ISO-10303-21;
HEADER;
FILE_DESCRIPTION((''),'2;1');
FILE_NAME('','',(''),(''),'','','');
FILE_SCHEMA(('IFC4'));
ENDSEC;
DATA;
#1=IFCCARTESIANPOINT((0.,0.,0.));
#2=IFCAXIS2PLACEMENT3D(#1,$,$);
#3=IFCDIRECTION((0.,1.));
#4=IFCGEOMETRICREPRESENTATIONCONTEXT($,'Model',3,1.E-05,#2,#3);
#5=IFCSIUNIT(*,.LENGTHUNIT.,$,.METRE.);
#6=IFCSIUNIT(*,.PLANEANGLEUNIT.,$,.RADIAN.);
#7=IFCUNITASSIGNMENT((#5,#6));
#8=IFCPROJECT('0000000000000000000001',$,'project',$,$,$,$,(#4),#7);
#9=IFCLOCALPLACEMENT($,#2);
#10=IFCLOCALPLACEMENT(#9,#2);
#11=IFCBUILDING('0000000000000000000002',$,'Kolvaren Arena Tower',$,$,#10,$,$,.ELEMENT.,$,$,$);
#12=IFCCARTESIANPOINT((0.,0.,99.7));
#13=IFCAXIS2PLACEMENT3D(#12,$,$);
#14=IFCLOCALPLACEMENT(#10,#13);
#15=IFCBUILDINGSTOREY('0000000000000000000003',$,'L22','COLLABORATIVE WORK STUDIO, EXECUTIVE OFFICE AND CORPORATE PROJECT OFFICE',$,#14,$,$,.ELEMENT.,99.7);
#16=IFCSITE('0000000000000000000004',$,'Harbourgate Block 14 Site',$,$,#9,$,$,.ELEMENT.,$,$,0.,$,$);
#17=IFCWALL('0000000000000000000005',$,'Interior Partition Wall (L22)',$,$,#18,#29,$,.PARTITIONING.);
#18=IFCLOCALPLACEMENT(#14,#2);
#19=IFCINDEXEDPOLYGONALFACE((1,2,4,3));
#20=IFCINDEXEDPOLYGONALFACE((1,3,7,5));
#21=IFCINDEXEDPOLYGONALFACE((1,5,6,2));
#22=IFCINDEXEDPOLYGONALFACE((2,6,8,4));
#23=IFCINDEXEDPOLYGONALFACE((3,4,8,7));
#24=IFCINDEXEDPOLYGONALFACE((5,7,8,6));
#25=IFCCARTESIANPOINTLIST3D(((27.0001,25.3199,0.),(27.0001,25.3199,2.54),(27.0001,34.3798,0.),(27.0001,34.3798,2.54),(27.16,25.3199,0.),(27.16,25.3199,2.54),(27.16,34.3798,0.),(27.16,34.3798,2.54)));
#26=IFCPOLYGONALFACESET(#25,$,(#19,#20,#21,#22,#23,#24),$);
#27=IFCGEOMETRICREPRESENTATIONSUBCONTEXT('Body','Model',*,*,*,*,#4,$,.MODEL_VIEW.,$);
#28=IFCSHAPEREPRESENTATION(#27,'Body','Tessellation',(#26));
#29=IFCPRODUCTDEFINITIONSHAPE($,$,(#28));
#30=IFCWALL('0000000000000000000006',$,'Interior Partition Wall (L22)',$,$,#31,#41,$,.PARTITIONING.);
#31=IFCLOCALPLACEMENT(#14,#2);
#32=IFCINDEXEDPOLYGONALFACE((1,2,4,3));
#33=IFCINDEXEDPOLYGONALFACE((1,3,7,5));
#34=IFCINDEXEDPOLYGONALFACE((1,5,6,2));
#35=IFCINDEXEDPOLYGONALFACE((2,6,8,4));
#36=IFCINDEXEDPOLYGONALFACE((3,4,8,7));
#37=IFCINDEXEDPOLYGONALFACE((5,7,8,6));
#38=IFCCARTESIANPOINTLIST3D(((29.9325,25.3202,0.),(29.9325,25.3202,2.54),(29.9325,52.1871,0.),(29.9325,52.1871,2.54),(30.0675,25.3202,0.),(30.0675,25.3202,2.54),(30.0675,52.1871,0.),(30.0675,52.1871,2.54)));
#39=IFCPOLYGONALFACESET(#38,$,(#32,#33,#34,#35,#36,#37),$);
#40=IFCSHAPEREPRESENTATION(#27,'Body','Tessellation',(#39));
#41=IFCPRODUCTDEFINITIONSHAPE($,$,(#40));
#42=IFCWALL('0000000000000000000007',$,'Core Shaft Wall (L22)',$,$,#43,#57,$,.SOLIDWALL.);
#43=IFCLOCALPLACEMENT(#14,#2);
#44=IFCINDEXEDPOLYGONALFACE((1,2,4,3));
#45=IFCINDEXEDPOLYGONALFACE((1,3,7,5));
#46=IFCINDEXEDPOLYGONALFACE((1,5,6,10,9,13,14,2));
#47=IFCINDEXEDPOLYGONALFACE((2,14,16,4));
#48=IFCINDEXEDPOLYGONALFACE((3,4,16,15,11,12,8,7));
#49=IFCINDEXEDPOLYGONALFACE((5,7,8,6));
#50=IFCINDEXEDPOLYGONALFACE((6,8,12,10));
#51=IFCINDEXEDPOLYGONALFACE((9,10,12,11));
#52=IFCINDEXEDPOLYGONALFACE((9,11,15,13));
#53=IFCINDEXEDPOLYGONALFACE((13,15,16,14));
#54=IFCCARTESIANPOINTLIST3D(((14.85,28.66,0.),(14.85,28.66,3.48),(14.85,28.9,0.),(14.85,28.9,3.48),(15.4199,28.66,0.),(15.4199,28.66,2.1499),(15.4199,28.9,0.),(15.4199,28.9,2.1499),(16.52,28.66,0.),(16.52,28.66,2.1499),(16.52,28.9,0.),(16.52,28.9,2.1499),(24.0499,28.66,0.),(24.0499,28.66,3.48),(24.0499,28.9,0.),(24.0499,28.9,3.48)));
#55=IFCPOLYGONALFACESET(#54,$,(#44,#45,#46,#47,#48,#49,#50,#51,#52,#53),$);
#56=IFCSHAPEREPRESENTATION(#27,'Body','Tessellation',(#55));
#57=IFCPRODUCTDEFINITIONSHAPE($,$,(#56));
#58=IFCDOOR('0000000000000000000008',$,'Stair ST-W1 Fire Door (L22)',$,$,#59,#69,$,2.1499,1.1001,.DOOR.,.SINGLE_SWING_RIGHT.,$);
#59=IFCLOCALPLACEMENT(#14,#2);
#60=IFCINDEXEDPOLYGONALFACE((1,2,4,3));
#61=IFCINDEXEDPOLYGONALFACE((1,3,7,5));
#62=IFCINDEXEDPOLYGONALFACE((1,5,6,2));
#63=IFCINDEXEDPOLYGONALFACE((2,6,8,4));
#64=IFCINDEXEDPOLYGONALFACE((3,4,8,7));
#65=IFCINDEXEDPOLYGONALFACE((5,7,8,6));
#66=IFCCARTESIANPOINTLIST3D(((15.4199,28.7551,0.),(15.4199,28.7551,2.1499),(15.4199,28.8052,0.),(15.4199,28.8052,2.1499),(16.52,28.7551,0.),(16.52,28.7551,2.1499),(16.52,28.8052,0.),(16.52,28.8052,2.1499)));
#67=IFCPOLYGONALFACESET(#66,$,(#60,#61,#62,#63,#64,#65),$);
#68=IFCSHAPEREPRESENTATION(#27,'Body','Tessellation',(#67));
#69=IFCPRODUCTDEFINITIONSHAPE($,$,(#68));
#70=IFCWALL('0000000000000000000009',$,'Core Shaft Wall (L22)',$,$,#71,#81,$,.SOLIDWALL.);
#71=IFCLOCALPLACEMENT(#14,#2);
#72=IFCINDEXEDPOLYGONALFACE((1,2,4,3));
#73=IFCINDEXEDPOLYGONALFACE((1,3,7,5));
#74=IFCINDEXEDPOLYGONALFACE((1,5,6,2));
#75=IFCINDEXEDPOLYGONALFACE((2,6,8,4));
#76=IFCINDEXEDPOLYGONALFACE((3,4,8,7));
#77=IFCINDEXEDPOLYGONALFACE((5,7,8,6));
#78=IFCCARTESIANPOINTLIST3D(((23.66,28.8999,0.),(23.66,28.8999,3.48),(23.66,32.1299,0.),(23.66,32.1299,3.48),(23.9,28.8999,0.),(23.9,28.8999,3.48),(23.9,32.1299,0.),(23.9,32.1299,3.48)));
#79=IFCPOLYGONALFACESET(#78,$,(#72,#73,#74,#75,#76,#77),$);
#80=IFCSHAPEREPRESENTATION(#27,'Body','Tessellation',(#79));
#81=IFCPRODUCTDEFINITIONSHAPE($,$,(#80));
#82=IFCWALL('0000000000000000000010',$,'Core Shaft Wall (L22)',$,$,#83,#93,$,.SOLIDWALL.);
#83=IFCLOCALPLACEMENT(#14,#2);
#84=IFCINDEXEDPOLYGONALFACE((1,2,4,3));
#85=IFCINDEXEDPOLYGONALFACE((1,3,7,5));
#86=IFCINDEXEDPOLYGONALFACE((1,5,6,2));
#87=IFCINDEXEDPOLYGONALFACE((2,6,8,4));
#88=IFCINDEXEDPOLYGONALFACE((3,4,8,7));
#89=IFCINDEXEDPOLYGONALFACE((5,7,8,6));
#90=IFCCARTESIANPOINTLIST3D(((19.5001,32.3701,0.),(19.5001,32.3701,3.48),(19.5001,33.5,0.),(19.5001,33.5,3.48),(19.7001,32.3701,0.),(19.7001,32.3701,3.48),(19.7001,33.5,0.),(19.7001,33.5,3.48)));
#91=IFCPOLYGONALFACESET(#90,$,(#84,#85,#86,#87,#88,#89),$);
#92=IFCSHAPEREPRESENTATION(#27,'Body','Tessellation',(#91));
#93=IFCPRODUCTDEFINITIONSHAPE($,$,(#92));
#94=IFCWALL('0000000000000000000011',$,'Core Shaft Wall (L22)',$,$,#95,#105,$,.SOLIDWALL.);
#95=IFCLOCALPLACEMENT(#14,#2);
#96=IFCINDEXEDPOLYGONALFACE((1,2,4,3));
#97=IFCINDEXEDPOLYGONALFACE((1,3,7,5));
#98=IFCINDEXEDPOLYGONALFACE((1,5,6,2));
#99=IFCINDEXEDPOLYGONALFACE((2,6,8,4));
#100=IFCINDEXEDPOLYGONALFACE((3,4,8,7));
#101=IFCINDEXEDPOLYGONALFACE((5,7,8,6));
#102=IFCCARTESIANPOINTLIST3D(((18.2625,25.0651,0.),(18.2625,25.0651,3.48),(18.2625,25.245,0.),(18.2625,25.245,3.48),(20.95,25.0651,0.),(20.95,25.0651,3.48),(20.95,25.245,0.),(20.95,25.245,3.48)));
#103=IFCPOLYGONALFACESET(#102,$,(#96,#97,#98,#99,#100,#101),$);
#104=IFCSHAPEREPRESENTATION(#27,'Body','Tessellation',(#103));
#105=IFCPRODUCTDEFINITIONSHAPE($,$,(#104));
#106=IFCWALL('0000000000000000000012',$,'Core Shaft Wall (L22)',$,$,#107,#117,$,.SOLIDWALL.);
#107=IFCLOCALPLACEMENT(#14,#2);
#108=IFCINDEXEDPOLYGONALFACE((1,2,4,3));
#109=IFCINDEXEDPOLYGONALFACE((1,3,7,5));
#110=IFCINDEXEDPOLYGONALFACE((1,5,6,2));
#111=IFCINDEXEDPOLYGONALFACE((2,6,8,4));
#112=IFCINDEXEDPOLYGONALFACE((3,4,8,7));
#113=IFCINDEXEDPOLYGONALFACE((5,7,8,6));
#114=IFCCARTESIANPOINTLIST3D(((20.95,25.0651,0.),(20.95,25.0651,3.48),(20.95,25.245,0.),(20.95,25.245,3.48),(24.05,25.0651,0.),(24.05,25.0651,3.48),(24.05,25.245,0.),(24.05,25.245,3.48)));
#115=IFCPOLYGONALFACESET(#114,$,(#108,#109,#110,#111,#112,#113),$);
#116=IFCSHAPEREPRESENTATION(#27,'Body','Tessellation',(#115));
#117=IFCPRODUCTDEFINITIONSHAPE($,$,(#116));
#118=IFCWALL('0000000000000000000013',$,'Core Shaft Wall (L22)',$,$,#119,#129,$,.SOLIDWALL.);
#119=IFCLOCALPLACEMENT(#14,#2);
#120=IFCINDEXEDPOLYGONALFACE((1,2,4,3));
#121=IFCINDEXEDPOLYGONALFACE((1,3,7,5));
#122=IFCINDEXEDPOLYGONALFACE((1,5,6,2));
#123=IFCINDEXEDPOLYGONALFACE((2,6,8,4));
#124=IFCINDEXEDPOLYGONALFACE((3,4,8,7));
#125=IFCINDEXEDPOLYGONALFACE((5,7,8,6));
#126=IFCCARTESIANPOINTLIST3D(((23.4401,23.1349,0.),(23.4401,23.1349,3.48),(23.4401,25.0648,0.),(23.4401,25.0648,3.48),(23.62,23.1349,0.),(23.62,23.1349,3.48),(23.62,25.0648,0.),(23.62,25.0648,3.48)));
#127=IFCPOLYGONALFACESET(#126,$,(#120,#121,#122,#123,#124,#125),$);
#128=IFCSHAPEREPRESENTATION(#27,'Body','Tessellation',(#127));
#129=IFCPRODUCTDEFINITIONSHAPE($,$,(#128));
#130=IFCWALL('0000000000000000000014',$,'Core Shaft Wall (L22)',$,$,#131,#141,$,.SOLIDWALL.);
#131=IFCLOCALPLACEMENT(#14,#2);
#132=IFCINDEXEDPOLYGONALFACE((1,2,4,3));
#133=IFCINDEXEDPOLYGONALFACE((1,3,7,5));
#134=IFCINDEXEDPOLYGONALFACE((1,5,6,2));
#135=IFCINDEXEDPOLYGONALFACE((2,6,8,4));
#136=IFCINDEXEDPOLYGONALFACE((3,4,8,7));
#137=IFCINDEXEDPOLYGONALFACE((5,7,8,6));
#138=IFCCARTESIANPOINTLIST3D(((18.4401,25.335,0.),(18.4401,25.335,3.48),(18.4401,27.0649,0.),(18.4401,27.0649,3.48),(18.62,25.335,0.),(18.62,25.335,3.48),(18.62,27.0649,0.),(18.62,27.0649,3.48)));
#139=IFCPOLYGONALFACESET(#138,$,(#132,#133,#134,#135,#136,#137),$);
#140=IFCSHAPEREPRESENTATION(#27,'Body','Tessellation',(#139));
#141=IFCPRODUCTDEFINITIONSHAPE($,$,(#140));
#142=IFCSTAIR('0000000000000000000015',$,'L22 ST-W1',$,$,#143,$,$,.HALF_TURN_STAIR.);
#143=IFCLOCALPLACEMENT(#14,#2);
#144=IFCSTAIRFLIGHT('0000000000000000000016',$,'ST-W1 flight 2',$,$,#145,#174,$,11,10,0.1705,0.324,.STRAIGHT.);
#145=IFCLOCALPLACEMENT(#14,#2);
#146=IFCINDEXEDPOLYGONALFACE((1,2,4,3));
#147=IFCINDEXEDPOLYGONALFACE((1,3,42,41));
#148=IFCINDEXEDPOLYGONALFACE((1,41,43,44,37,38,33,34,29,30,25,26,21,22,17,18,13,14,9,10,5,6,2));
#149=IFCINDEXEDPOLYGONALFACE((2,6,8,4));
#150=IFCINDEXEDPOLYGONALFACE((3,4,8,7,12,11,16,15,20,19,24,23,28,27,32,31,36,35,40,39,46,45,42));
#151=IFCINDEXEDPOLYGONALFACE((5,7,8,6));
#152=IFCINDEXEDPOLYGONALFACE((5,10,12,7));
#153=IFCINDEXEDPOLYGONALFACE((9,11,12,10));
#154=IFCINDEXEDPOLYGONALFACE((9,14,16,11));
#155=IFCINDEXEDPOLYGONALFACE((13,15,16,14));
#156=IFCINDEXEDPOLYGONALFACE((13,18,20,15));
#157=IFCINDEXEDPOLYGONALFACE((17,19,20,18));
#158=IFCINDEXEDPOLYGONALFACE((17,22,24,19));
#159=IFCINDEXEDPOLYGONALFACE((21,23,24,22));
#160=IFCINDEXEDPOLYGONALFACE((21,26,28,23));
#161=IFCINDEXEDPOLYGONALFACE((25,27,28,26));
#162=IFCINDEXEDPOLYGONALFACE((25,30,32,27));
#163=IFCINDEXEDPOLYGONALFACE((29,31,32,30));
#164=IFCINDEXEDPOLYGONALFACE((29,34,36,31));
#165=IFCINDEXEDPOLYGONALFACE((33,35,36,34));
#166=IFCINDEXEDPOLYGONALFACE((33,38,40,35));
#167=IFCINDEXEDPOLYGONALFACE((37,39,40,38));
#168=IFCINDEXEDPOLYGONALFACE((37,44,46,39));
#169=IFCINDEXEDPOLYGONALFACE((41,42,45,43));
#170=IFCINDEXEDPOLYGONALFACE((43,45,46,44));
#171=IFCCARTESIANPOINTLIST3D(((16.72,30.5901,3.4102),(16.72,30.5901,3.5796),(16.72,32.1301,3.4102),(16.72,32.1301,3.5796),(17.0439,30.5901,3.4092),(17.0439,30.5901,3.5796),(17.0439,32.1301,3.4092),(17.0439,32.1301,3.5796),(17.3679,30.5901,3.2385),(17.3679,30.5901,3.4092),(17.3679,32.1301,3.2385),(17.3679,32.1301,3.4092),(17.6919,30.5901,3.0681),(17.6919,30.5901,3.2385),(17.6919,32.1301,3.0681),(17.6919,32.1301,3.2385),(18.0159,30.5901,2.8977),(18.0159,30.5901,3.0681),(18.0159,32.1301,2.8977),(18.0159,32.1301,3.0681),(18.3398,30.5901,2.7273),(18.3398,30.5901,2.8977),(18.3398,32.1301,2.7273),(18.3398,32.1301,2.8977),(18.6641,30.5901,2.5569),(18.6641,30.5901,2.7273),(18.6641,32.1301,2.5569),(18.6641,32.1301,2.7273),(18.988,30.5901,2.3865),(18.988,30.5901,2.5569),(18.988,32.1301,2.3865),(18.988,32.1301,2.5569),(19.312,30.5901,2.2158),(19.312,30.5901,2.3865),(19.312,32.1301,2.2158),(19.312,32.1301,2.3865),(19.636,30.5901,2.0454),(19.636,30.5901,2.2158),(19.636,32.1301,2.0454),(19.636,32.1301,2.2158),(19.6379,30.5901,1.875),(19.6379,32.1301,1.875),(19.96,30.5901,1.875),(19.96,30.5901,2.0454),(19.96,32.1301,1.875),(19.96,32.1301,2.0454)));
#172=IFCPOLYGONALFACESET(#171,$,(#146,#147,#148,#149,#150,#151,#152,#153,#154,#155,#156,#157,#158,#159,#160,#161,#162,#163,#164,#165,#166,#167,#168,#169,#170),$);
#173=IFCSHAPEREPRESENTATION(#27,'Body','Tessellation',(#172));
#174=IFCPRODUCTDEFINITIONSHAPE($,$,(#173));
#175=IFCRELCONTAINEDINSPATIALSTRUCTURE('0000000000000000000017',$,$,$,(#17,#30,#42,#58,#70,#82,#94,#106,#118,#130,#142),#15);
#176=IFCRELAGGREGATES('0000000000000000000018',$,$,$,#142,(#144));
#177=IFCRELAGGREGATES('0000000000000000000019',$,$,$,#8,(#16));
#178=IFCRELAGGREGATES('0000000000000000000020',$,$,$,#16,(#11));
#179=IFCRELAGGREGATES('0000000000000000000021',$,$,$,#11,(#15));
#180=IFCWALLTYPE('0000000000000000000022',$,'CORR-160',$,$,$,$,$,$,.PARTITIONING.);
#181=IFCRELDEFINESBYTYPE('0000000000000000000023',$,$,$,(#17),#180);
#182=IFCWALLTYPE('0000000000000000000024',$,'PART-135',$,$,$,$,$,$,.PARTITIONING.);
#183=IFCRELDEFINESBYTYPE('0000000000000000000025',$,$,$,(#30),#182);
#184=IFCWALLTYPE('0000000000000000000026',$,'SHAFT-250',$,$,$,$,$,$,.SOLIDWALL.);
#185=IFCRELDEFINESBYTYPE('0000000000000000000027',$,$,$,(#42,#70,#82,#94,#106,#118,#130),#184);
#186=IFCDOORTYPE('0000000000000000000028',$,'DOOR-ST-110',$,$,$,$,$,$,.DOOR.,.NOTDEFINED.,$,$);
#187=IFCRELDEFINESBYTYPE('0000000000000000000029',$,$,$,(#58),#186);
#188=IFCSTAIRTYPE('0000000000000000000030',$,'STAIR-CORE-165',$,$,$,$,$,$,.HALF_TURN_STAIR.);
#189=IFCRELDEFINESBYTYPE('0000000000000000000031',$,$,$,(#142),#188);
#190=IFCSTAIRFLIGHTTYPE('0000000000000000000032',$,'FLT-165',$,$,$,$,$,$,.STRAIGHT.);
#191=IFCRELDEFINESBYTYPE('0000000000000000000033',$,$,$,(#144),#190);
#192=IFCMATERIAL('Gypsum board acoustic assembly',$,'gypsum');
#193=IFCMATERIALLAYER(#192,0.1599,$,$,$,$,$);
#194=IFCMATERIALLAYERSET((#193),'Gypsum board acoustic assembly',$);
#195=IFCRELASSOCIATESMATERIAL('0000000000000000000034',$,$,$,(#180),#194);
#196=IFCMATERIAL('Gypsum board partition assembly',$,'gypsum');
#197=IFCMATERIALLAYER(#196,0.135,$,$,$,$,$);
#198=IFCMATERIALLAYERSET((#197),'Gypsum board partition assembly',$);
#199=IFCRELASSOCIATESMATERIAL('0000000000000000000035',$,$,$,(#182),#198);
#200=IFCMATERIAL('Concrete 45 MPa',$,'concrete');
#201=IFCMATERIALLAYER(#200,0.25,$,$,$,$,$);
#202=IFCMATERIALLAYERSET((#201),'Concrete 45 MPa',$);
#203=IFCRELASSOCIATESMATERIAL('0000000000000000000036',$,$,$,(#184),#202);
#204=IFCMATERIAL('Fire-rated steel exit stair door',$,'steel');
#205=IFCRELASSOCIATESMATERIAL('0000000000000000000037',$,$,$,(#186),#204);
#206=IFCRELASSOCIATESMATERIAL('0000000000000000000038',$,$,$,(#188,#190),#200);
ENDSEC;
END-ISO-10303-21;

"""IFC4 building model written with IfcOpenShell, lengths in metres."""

from ifc_helpers import new_model, si_unit, direction, frame, frame_2d, origin, place, context, subcontext, project, spatial, polyline, rectangle, outline, extrude, material, layer, layer_set, type_object, element, fill, aggregate, save


model = new_model("IFC4")

# Units and contexts
model_context = context("Model", 3, precision=1e-05, world=origin(), true_north=direction((0.0, 1.0)))
body_context = subcontext(model_context, "Body", "Model", "MODEL_VIEW")
ifc_project = project(units=[si_unit("LENGTHUNIT", "METRE"), si_unit("PLANEANGLEUNIT", "RADIAN")], contexts=[model_context])

# Site, building, storey
site_placement = place(None, origin())
site = spatial("IfcSite", under=ifc_project, at=site_placement, Name="Harbourgate Block 14 Site", CompositionType="ELEMENT", RefElevation=0.0)
building_placement = place(site_placement, origin())
building = spatial("IfcBuilding", under=site, at=building_placement, Name="Kolvaren Arena Tower", CompositionType="ELEMENT")
storey_placement = place(building_placement, frame((0.0, 0.0, 99.7)))
storey = spatial("IfcBuildingStorey", under=building, at=storey_placement, Name="L22", Description="COLLABORATIVE WORK STUDIO, EXECUTIVE OFFICE AND CORPORATE PROJECT OFFICE", CompositionType="ELEMENT", Elevation=99.7)

# Shared definitions
ifc_material_1 = material(Name="Gypsum board acoustic assembly", Category="gypsum")
ifc_layer_1 = layer(ifc_material_1, 0.1599)
ifc_layer_set_1 = layer_set([ifc_layer_1], Name="Gypsum board acoustic assembly")
wall_type_1 = type_object("IfcWallType", Name="CORR-160", PredefinedType="PARTITIONING", material=ifc_layer_set_1)

# Walls
wall_1_placement = place(storey_placement, frame((27.0801, 25.3201, 0.0), z_axis=(0.0, 0.0, 1.0), x_axis=(0.0, 1.0, 0.0)))
element("IfcWall", 1, at=wall_1_placement, inside=storey, type_object=wall_type_1, Name="Interior Partition Wall (L22)", PredefinedType="PARTITIONING", context=body_context, shape_type="SweptSolid", body=[
    extrude(rectangle(XDim=9.0598, YDim=0.1599, at=frame_2d((4.5298, 0.0))), origin(), (0.0, 0.0, 1.0), 2.54),
])
ifc_material_2 = material(Name="Gypsum board partition assembly", Category="gypsum")
ifc_layer_2 = layer(ifc_material_2, 0.135)
ifc_layer_set_2 = layer_set([ifc_layer_2], Name="Gypsum board partition assembly")
wall_type_2 = type_object("IfcWallType", Name="PART-135", PredefinedType="PARTITIONING", material=ifc_layer_set_2)
wall_2_placement = place(storey_placement, frame((30.0, 25.3201, 0.0), z_axis=(0.0, 0.0, 1.0), x_axis=(0.0, 1.0, 0.0)))
element("IfcWall", 2, at=wall_2_placement, inside=storey, type_object=wall_type_2, Name="Interior Partition Wall (L22)", PredefinedType="PARTITIONING", context=body_context, shape_type="SweptSolid", body=[
    extrude(rectangle(XDim=26.8669, YDim=0.135, at=frame_2d((13.4336, 0.0))), origin(), (0.0, 0.0, 1.0), 2.54),
])

# Wall, opening, door
ifc_material_3 = material(Name="Concrete 45 MPa", Category="concrete")
ifc_layer_3 = layer(ifc_material_3, 0.25)
ifc_layer_set_3 = layer_set([ifc_layer_3], Name="Concrete 45 MPa")
wall_type_3 = type_object("IfcWallType", Name="SHAFT-250", PredefinedType="SOLIDWALL", material=ifc_layer_set_3)
wall_3_placement = place(storey_placement, frame((24.05, 28.78, 0.0), z_axis=(0.0, 0.0, 1.0), x_axis=(-1.0, 0.0, 0.0)))
wall_3 = element("IfcWall", 3, at=wall_3_placement, inside=storey, type_object=wall_type_3, Name="Core Shaft Wall (L22)", PredefinedType="SOLIDWALL", context=body_context, shape_type="SweptSolid", body=[
    extrude(rectangle(XDim=9.2, YDim=0.24, at=frame_2d((4.6001, 0.0))), origin(), (0.0, 0.0, 1.0), 3.48),
])
opening_1_placement = place(wall_3_placement, frame((7.53, 0.0, 0.0)))
opening_1 = element("IfcOpeningElement", 4, at=opening_1_placement, cuts=wall_3, PredefinedType="OPENING", context=body_context, shape_type="SweptSolid", body=[
    extrude(rectangle(XDim=1.1001, YDim=2.1499, at=frame_2d((0.55, 1.075))), frame((0.0, 0.1299, 0.0), z_axis=(0.0, -1.0, 0.0), x_axis=(1.0, 0.0, 0.0)), (0.0, 0.0, 1.0), 0.26),
])
ifc_material_4 = material(Name="Fire-rated steel exit stair door", Category="steel")
door_type_1 = type_object("IfcDoorType", Name="DOOR-ST-110", OperationType="NOTDEFINED", PredefinedType="DOOR", material=ifc_material_4)
door_1_placement = place(opening_1_placement, origin())
door_1 = element("IfcDoor", 5, at=door_1_placement, inside=storey, type_object=door_type_1, Name="Stair ST-W1 Fire Door (L22)", OperationType="SINGLE_SWING_RIGHT", OverallHeight=2.1499, OverallWidth=1.1001, PredefinedType="DOOR", context=body_context, shape_type="SweptSolid", body=[
    extrude(rectangle(XDim=1.1001, YDim=2.1499, at=frame_2d((0.55, 1.075))), frame((0.0, 0.0249, 0.0), z_axis=(0.0, -1.0, 0.0), x_axis=(1.0, 0.0, 0.0)), (0.0, 0.0, 1.0), 0.05),
])
fill(opening_1, door_1)

# Walls
wall_4_placement = place(storey_placement, frame((23.78, 28.8999, 0.0), z_axis=(0.0, 0.0, 1.0), x_axis=(0.0, 1.0, 0.0)))
element("IfcWall", 6, at=wall_4_placement, inside=storey, type_object=wall_type_3, Name="Core Shaft Wall (L22)", PredefinedType="SOLIDWALL", context=body_context, shape_type="SweptSolid", body=[
    extrude(rectangle(XDim=3.23, YDim=0.24, at=frame_2d((1.615, 0.0))), origin(), (0.0, 0.0, 1.0), 3.48),
])
wall_5_placement = place(storey_placement, frame((19.6001, 32.3701, 0.0), z_axis=(0.0, 0.0, 1.0), x_axis=(0.0, 1.0, 0.0)))
element("IfcWall", 7, at=wall_5_placement, inside=storey, type_object=wall_type_3, Name="Core Shaft Wall (L22)", PredefinedType="SOLIDWALL", context=body_context, shape_type="SweptSolid", body=[
    extrude(rectangle(XDim=1.1299, YDim=0.2, at=frame_2d((0.5649, 0.0))), origin(), (0.0, 0.0, 1.0), 3.48),
])
wall_6_placement = place(storey_placement, frame((18.2625, 25.155, 0.0), z_axis=(0.0, 0.0, 1.0), x_axis=(1.0, 0.0, 0.0)))
element("IfcWall", 8, at=wall_6_placement, inside=storey, type_object=wall_type_3, Name="Core Shaft Wall (L22)", PredefinedType="SOLIDWALL", context=body_context, shape_type="SweptSolid", body=[
    extrude(rectangle(XDim=2.6875, YDim=0.1799, at=frame_2d((1.3438, 0.0))), origin(), (0.0, 0.0, 1.0), 3.48),
])
wall_7_placement = place(storey_placement, frame((20.95, 25.155, 0.0), z_axis=(0.0, 0.0, 1.0), x_axis=(1.0, 0.0, 0.0)))
element("IfcWall", 9, at=wall_7_placement, inside=storey, type_object=wall_type_3, Name="Core Shaft Wall (L22)", PredefinedType="SOLIDWALL", context=body_context, shape_type="SweptSolid", body=[
    extrude(rectangle(XDim=3.1001, YDim=0.1799, at=frame_2d((1.55, 0.0))), origin(), (0.0, 0.0, 1.0), 3.48),
])
wall_8_placement = place(storey_placement, frame((23.53, 23.135, 0.0), z_axis=(0.0, 0.0, 1.0), x_axis=(0.0, 1.0, 0.0)))
element("IfcWall", 10, at=wall_8_placement, inside=storey, type_object=wall_type_3, Name="Core Shaft Wall (L22)", PredefinedType="SOLIDWALL", context=body_context, shape_type="SweptSolid", body=[
    extrude(rectangle(XDim=1.9299, YDim=0.1799, at=frame_2d((0.9648, 0.0))), origin(), (0.0, 0.0, 1.0), 3.48),
])
wall_9_placement = place(storey_placement, frame((18.53, 25.335, 0.0), z_axis=(0.0, 0.0, 1.0), x_axis=(0.0, 1.0, 0.0)))
element("IfcWall", 11, at=wall_9_placement, inside=storey, type_object=wall_type_3, Name="Core Shaft Wall (L22)", PredefinedType="SOLIDWALL", context=body_context, shape_type="SweptSolid", body=[
    extrude(rectangle(XDim=1.73, YDim=0.1799, at=frame_2d((0.865, 0.0))), origin(), (0.0, 0.0, 1.0), 3.48),
])

# Stair, stair flight
stair_type = type_object("IfcStairType", Name="STAIR-CORE-165", PredefinedType="HALF_TURN_STAIR", material=ifc_material_3)
stair_placement = place(storey_placement, origin())
stair = element("IfcStair", 12, at=stair_placement, inside=storey, type_object=stair_type, Name="L22 ST-W1", PredefinedType="HALF_TURN_STAIR")
stair_flight_type = type_object("IfcStairFlightType", Name="FLT-165", PredefinedType="STRAIGHT", material=ifc_material_3)
stair_flight_placement = place(storey_placement, frame((19.96, 31.3601, 1.875), z_axis=(0.0, 0.0, 1.0), x_axis=(-1.0, 0.0, 0.0)))
stair_flight = element("IfcStairFlight", 13, at=stair_flight_placement, type_object=stair_flight_type, Name="ST-W1 flight 2", NumberOfRisers=11, NumberOfTreads=10, PredefinedType="STRAIGHT", RiserHeight=0.1705, TreadLength=0.324, context=body_context, shape_type="SweptSolid", body=[
    extrude(outline(polyline([(0.0, 0.0), (0.0, 0.1704), (0.324, 0.1704), (0.324, 0.3408), (0.6479, 0.3408), (0.6479, 0.5115), (0.9719, 0.5115), (0.9719, 0.6819), (1.2959, 0.6819), (1.2959, 0.8523), (1.6201, 0.8523), (1.6201, 1.0227), (1.9441, 1.0227), (1.9441, 1.1931), (2.2681, 1.1931), (2.2681, 1.3635), (2.592, 1.3635), (2.592, 1.5342), (2.916, 1.5342), (2.916, 1.7046), (3.24, 1.7046), (3.24, 1.875), (3.24, 1.5352), (0.322, 0.0), (0.0, 0.0)])), frame((0.0, 0.77, 0.0), z_axis=(0.0, -1.0, 0.0), x_axis=(1.0, 0.0, 0.0)), (0.0, 0.0, 1.0), 1.54),
])
aggregate(stair, [stair_flight])

save(model, "model.ifc")
